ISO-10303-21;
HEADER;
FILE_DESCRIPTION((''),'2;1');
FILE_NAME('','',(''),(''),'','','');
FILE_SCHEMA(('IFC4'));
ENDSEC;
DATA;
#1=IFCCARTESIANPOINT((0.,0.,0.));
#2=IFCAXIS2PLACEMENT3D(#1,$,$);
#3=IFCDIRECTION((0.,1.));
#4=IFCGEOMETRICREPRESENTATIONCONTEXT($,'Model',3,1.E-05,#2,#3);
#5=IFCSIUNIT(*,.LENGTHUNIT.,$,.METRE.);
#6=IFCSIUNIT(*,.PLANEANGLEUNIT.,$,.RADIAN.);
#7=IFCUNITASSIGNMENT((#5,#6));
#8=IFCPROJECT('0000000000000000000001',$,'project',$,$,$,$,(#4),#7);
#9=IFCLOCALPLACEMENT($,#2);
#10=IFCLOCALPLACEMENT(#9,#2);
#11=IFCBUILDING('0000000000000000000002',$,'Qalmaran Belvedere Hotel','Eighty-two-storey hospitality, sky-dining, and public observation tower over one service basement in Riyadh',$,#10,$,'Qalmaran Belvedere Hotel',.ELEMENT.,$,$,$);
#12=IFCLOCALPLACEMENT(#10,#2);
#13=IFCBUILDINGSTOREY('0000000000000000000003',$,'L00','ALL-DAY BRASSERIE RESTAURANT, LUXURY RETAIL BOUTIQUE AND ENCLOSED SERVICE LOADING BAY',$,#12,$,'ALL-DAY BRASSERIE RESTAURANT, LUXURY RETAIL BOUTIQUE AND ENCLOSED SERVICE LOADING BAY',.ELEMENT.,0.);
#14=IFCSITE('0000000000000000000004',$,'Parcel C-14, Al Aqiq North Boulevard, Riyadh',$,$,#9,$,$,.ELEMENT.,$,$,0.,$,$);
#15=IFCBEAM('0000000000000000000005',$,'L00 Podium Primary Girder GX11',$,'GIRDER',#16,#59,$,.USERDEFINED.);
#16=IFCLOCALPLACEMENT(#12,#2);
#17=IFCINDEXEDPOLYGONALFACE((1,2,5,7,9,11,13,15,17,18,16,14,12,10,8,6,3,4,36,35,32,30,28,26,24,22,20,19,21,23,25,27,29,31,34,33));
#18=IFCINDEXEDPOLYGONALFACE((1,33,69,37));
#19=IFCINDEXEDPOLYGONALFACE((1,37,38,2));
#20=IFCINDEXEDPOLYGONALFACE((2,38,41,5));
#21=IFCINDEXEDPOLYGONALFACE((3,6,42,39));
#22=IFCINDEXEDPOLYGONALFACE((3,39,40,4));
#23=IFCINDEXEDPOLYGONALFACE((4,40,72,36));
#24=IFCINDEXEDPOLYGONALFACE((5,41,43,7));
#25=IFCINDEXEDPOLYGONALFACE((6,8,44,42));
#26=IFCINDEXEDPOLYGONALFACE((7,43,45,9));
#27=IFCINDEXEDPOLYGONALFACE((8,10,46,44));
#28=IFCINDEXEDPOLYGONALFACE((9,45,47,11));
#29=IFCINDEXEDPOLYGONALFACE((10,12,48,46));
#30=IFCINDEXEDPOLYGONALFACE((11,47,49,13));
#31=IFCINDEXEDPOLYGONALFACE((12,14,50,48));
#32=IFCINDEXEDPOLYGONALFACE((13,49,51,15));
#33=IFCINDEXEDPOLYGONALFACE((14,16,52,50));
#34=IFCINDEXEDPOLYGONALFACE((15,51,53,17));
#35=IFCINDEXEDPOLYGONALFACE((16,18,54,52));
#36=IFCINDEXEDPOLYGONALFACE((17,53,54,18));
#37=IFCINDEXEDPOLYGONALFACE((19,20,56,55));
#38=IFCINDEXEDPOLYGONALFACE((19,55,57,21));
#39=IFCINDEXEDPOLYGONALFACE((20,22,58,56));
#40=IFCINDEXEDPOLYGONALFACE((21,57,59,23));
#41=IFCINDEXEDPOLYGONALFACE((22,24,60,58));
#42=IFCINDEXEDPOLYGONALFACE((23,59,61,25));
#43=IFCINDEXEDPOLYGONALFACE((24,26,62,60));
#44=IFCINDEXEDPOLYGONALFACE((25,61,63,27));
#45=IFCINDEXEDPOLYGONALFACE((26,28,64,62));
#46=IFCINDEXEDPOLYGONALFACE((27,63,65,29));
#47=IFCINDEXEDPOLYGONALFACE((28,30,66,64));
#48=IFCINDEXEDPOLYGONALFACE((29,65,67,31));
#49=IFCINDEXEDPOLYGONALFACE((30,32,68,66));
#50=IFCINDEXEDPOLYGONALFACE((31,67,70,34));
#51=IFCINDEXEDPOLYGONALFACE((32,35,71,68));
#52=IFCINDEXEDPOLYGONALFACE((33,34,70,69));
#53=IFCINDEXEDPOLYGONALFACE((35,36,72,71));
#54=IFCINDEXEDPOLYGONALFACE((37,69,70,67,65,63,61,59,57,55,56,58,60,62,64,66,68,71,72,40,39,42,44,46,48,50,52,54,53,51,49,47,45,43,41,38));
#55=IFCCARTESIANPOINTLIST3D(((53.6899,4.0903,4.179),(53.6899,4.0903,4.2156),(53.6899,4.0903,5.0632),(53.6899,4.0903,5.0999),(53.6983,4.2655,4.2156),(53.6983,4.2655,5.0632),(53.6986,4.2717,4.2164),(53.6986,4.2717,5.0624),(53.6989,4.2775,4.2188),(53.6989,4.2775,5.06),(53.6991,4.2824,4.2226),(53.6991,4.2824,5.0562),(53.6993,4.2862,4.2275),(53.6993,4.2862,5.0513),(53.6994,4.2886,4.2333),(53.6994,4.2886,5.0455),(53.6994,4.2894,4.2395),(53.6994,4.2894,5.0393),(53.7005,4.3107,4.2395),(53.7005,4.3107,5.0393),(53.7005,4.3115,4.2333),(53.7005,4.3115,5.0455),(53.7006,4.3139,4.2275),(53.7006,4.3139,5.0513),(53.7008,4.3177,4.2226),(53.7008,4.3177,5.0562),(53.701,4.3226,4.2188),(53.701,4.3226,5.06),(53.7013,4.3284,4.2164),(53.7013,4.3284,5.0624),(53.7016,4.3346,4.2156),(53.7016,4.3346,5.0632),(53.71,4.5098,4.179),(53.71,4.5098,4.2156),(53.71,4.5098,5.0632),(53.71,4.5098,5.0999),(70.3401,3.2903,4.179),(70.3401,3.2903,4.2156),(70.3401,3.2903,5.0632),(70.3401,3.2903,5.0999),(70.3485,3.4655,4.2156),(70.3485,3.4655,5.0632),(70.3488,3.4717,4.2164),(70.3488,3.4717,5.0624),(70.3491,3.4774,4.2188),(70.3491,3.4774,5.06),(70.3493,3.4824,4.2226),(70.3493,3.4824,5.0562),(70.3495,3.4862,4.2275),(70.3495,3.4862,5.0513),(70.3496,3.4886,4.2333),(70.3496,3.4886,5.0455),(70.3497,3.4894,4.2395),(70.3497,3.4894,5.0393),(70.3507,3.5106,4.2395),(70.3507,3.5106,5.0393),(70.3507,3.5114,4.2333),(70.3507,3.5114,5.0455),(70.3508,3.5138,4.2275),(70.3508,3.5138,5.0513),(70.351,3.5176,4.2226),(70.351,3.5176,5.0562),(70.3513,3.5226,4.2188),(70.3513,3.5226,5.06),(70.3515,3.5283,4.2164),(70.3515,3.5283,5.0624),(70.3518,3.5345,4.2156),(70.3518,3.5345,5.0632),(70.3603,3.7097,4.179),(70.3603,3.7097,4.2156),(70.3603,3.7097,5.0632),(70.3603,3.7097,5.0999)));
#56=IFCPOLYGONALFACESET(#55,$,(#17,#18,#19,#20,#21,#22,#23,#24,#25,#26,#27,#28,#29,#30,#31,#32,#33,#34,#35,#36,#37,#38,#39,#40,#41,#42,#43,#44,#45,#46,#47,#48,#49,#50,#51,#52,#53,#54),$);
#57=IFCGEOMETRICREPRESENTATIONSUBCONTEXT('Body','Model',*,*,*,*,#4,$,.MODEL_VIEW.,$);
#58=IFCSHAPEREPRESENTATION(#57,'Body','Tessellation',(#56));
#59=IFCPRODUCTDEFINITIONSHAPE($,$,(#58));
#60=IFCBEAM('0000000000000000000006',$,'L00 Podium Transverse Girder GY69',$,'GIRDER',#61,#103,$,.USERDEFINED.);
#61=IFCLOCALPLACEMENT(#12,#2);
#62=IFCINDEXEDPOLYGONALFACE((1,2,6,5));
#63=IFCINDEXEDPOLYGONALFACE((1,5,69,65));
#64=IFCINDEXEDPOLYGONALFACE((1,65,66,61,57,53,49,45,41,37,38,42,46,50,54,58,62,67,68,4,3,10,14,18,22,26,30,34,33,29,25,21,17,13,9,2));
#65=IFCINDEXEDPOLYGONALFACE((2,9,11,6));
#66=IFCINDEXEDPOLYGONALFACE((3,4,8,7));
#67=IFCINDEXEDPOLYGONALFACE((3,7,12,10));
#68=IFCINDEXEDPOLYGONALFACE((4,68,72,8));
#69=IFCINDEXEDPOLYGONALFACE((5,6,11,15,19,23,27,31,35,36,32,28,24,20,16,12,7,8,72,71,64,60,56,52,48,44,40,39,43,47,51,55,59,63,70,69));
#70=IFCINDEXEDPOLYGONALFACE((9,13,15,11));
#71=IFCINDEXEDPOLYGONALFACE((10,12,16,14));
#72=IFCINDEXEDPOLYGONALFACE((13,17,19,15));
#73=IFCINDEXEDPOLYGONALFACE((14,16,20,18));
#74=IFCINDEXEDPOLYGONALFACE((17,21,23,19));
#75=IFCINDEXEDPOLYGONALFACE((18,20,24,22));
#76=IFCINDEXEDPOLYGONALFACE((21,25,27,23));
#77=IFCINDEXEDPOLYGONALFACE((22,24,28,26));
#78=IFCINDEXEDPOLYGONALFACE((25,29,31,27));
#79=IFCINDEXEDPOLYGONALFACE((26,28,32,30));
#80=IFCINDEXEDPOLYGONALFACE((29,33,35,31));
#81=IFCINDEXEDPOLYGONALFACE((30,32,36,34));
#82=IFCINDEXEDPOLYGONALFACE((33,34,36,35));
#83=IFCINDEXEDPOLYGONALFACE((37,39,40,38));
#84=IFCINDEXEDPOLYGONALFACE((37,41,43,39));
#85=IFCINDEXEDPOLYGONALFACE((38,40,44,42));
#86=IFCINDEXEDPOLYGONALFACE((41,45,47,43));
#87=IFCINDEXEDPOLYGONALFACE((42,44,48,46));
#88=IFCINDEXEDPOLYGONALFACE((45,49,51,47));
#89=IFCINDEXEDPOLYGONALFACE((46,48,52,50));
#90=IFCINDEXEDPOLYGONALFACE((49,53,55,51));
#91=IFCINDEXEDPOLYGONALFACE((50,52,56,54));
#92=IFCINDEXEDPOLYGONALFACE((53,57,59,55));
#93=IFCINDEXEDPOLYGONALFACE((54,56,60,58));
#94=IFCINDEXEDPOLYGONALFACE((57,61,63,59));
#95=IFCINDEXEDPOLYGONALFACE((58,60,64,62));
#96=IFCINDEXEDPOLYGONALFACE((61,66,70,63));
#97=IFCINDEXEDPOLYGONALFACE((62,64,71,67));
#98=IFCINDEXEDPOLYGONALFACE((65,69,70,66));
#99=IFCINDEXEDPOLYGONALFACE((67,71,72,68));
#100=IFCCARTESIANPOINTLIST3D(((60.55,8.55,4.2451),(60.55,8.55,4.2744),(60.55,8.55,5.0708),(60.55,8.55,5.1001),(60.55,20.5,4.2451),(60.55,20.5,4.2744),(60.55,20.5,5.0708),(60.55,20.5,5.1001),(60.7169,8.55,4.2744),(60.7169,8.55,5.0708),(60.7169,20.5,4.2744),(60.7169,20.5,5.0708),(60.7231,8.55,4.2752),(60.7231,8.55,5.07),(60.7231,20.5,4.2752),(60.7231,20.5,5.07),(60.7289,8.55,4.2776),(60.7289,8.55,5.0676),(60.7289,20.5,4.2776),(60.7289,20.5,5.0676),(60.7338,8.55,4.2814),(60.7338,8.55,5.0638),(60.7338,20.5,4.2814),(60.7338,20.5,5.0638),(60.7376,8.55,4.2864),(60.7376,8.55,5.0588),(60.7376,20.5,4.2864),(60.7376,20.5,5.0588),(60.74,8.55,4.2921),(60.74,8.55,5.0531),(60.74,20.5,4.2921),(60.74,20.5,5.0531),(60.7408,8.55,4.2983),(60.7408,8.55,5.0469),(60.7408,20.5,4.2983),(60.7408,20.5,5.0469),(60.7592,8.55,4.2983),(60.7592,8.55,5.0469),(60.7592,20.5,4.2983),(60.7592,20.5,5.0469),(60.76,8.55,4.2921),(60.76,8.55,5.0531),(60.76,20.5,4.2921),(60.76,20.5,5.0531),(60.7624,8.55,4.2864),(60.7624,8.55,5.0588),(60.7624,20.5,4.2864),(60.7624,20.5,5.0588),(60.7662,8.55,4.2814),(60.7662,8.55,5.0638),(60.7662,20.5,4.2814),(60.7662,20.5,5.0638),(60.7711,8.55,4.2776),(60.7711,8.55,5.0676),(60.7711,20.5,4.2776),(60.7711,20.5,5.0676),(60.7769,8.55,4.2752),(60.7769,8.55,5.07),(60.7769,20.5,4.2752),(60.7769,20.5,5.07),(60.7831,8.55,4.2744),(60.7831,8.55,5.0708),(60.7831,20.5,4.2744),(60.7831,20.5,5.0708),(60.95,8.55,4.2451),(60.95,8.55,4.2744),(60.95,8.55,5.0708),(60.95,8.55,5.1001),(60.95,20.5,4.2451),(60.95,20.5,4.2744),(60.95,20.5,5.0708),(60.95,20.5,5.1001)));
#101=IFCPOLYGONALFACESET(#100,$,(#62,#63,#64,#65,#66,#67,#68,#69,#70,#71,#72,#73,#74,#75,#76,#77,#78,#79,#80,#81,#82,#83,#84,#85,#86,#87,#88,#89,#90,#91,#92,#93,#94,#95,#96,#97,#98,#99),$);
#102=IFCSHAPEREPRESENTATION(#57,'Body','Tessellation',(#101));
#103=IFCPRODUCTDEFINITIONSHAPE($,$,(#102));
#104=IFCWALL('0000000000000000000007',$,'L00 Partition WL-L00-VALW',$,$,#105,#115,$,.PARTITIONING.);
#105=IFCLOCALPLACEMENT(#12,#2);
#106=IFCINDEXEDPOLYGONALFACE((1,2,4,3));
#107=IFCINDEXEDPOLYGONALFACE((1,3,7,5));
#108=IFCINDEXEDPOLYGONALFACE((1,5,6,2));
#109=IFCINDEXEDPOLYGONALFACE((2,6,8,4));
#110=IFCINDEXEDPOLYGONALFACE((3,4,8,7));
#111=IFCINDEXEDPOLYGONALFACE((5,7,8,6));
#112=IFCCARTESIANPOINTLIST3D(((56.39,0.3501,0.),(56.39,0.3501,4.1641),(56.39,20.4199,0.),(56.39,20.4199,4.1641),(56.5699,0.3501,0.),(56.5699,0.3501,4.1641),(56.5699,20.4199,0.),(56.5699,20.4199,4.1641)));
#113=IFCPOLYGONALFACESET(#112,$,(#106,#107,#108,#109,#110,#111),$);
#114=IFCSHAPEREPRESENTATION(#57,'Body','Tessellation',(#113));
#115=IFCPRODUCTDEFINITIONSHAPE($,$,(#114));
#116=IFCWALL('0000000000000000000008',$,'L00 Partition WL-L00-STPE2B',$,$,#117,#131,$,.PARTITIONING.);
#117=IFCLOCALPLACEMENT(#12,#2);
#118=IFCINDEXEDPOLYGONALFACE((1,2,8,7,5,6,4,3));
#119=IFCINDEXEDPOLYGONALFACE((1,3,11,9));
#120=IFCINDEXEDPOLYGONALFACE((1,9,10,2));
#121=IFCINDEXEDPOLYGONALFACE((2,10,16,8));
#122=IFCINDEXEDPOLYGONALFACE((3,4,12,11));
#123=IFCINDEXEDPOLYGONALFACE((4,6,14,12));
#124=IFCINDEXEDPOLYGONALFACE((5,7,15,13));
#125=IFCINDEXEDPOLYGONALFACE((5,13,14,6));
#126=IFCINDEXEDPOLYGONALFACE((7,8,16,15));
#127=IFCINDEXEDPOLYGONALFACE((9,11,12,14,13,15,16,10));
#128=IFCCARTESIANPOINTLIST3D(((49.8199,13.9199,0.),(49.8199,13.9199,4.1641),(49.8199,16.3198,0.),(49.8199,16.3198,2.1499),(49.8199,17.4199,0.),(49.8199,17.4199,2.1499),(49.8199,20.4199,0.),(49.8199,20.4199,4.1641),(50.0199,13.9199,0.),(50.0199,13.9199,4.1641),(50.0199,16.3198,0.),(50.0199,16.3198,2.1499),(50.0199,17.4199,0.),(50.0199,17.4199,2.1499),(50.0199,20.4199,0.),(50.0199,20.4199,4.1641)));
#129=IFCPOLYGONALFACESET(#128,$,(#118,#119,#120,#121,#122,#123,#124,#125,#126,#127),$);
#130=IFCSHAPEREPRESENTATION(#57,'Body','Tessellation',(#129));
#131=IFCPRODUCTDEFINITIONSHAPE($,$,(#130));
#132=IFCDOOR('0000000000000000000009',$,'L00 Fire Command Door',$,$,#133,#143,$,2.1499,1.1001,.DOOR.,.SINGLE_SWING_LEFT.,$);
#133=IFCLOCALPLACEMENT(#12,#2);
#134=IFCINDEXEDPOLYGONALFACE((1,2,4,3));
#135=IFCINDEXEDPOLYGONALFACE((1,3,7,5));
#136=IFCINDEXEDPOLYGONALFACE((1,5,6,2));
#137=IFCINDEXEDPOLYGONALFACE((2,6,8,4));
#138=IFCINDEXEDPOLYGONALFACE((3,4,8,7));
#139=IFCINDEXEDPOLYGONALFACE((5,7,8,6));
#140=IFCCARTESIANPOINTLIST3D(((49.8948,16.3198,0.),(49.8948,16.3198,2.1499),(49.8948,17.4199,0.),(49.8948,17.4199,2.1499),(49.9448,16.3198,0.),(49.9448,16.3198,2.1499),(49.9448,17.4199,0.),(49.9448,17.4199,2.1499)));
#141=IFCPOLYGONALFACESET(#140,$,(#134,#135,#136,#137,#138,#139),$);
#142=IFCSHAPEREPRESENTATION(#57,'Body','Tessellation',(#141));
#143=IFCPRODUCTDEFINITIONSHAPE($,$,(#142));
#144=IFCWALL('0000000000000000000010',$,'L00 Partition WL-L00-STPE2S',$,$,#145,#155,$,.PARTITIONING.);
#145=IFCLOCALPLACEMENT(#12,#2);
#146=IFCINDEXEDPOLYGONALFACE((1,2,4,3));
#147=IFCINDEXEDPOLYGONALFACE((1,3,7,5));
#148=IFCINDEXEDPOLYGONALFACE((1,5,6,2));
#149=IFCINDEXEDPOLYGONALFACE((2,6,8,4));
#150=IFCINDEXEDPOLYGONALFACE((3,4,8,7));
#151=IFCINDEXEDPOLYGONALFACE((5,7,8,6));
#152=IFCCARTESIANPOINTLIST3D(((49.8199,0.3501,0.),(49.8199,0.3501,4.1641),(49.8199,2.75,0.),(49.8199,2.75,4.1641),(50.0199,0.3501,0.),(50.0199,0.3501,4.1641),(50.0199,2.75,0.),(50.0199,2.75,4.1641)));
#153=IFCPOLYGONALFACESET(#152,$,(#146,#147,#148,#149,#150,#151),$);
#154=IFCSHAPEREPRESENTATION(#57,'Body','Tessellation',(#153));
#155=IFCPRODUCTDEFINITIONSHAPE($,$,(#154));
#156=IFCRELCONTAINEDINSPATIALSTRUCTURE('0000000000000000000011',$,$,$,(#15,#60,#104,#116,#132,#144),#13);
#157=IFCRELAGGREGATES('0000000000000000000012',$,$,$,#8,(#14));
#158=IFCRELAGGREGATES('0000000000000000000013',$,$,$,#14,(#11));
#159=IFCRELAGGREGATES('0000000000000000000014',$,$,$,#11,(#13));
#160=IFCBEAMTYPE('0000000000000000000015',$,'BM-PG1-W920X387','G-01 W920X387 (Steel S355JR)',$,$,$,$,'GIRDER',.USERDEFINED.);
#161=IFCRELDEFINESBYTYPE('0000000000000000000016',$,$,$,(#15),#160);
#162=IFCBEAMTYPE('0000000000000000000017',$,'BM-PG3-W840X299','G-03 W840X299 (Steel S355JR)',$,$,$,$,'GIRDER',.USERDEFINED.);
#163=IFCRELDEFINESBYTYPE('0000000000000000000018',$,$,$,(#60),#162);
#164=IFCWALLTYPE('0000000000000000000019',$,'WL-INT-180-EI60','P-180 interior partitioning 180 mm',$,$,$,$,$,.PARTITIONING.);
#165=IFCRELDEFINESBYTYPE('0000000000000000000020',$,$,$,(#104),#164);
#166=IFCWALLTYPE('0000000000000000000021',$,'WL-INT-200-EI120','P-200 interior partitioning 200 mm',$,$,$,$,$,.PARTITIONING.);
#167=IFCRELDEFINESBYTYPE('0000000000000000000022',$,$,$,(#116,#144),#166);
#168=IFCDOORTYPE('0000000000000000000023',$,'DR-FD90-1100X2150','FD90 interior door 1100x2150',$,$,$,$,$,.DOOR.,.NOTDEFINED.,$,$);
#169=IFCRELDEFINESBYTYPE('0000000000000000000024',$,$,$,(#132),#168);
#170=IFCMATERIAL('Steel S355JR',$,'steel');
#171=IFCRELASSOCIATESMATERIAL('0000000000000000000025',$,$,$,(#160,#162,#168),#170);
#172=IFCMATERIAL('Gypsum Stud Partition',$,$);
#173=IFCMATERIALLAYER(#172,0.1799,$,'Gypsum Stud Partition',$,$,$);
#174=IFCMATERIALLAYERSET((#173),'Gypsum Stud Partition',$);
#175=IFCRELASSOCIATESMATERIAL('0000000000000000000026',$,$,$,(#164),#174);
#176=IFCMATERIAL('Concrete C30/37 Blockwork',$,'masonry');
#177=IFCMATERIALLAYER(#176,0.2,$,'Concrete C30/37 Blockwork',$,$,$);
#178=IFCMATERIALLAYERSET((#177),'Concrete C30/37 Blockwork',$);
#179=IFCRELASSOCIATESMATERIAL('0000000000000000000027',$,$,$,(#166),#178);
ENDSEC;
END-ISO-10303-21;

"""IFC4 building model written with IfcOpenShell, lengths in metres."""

from ifc_helpers import new_model, si_unit, direction, frame, frame_2d, origin, origin_2d, place, context, subcontext, project, spatial, rectangle, i_section, extrude, material, layer, layer_set, material_profile, profile_set, type_object, element, fill, save


model = new_model("IFC4")

# Units and contexts
model_context = context("Model", 3, precision=1e-05, world=origin(), true_north=direction((0.0, 1.0)))
body_context = subcontext(model_context, "Body", "Model", "MODEL_VIEW")
ifc_project = project(units=[si_unit("LENGTHUNIT", "METRE"), si_unit("PLANEANGLEUNIT", "RADIAN")], contexts=[model_context])

# Site, building, storey
site_placement = place(None, origin())
site = spatial("IfcSite", under=ifc_project, at=site_placement, Name="Parcel C-14, Al Aqiq North Boulevard, Riyadh", CompositionType="ELEMENT", RefElevation=0.0)
building_placement = place(site_placement, origin())
building = spatial("IfcBuilding", under=site, at=building_placement, Name="Qalmaran Belvedere Hotel", Description="Eighty-two-storey hospitality, sky-dining, and public observation tower over one service basement in Riyadh", LongName="Qalmaran Belvedere Hotel", CompositionType="ELEMENT")
storey_placement = place(building_placement, origin())
storey = spatial("IfcBuildingStorey", under=building, at=storey_placement, Name="L00", Description="ALL-DAY BRASSERIE RESTAURANT, LUXURY RETAIL BOUTIQUE AND ENCLOSED SERVICE LOADING BAY", LongName="ALL-DAY BRASSERIE RESTAURANT, LUXURY RETAIL BOUTIQUE AND ENCLOSED SERVICE LOADING BAY", CompositionType="ELEMENT", Elevation=0.0)

# Beams
ifc_material_1 = material(Name="Steel S355JR", Category="steel")
ifc_material_profile_1 = material_profile(ifc_material_1, i_section(OverallWidth=0.4199, OverallDepth=0.9209, WebThickness=0.0212, FlangeThickness=0.0366, FilletRadius=0.0239, at=origin_2d()), Name="W920X387")
ifc_profile_set_1 = profile_set([ifc_material_profile_1], Name="Steel S355JR")
beam_type_1 = type_object("IfcBeamType", Name="BM-PG1-W920X387", Description="G-01 W920X387 (Steel S355JR)", ElementType="GIRDER", PredefinedType="USERDEFINED", material=ifc_profile_set_1)
beam_1_placement = place(storey_placement, frame((53.7, 4.3, 4.6394), z_axis=(0.998848, -0.047995, 0.0), x_axis=(0.047995, 0.998848, 0.0)))
element("IfcBeam", 1, at=beam_1_placement, inside=storey, type_object=beam_type_1, Name="L00 Podium Primary Girder GX11", ObjectType="GIRDER", PredefinedType="USERDEFINED", context=body_context, shape_type="SweptSolid", body=[
    extrude(i_section(OverallWidth=0.4199, OverallDepth=0.9209, WebThickness=0.0212, FlangeThickness=0.0366, FilletRadius=0.0239, at=origin_2d()), origin(), (0.0, 0.0, 1.0), 16.6694),
])
ifc_material_profile_2 = material_profile(ifc_material_1, i_section(OverallWidth=0.3999, OverallDepth=0.855, WebThickness=0.0183, FlangeThickness=0.0293, FilletRadius=0.0239, at=origin_2d()), Name="W840X299")
ifc_profile_set_2 = profile_set([ifc_material_profile_2], Name="Steel S355JR")
beam_type_2 = type_object("IfcBeamType", Name="BM-PG3-W840X299", Description="G-03 W840X299 (Steel S355JR)", ElementType="GIRDER", PredefinedType="USERDEFINED", material=ifc_profile_set_2)
beam_2_placement = place(storey_placement, frame((60.75, 8.55, 4.6726), z_axis=(0.0, 1.0, 0.0), x_axis=(-1.0, 0.0, 0.0)))
element("IfcBeam", 2, at=beam_2_placement, inside=storey, type_object=beam_type_2, Name="L00 Podium Transverse Girder GY69", ObjectType="GIRDER", PredefinedType="USERDEFINED", context=body_context, shape_type="SweptSolid", body=[
    extrude(i_section(OverallWidth=0.3999, OverallDepth=0.855, WebThickness=0.0183, FlangeThickness=0.0293, FilletRadius=0.0239, at=origin_2d()), origin(), (0.0, 0.0, 1.0), 11.95),
])

# Wall
ifc_material_2 = material(Name="Gypsum Stud Partition")
ifc_layer_1 = layer(ifc_material_2, 0.1799, Name="Gypsum Stud Partition")
ifc_layer_set_1 = layer_set([ifc_layer_1], Name="Gypsum Stud Partition")
wall_type_1 = type_object("IfcWallType", Name="WL-INT-180-EI60", Description="P-180 interior partitioning 180 mm", PredefinedType="PARTITIONING", material=ifc_layer_set_1)
wall_1_placement = place(storey_placement, frame((56.48, 0.3501, 0.0), z_axis=(0.0, 0.0, 1.0), x_axis=(0.0, 1.0, 0.0)))
element("IfcWall", 3, at=wall_1_placement, inside=storey, type_object=wall_type_1, Name="L00 Partition WL-L00-VALW", PredefinedType="PARTITIONING", context=body_context, shape_type="SweptSolid", body=[
    extrude(rectangle(XDim=20.0698, YDim=0.1799, at=frame_2d((10.0349, 0.0))), origin(), (0.0, 0.0, 1.0), 4.1641),
])

# Wall, opening, door
ifc_material_3 = material(Name="Concrete C30/37 Blockwork", Category="masonry")
ifc_layer_2 = layer(ifc_material_3, 0.2, Name="Concrete C30/37 Blockwork")
ifc_layer_set_2 = layer_set([ifc_layer_2], Name="Concrete C30/37 Blockwork")
wall_type_2 = type_object("IfcWallType", Name="WL-INT-200-EI120", Description="P-200 interior partitioning 200 mm", PredefinedType="PARTITIONING", material=ifc_layer_set_2)
door_type_1 = type_object("IfcDoorType", Name="DR-FD90-1100X2150", Description="FD90 interior door 1100x2150", OperationType="NOTDEFINED", PredefinedType="DOOR", material=ifc_material_1)
wall_2_placement = place(storey_placement, frame((49.9199, 13.9199, 0.0), z_axis=(0.0, 0.0, 1.0), x_axis=(0.0, 1.0, 0.0)))
wall_2 = element("IfcWall", 4, at=wall_2_placement, inside=storey, type_object=wall_type_2, Name="L00 Partition WL-L00-STPE2B", PredefinedType="PARTITIONING", context=body_context, shape_type="SweptSolid", body=[
    extrude(rectangle(XDim=6.5, YDim=0.2, at=frame_2d((3.25, 0.0))), origin(), (0.0, 0.0, 1.0), 4.1641),
])
opening_1_placement = place(wall_2_placement, frame((3.5, 0.0, 0.0), z_axis=(0.0, 0.0, 1.0), x_axis=(-1.0, 0.0, 0.0)))
opening_1 = element("IfcOpeningElement", 5, at=opening_1_placement, cuts=wall_2, PredefinedType="OPENING", context=body_context, shape_type="SweptSolid", body=[
    extrude(rectangle(XDim=1.1001, YDim=2.1499, at=frame_2d((0.55, 1.075))), frame((0.0, 0.1099, 0.0), z_axis=(0.0, -1.0, 0.0), x_axis=(1.0, 0.0, 0.0)), (0.0, 0.0, 1.0), 0.22),
])
door_1_placement = place(opening_1_placement, origin())
door_1 = element("IfcDoor", 6, at=door_1_placement, inside=storey, type_object=door_type_1, Name="L00 Fire Command Door", OperationType="SINGLE_SWING_LEFT", OverallHeight=2.1499, OverallWidth=1.1001, PredefinedType="DOOR", context=body_context, shape_type="SweptSolid", body=[
    extrude(rectangle(XDim=1.1001, YDim=2.1499, at=frame_2d((0.55, 1.075))), frame((0.0, 0.0249, 0.0), z_axis=(0.0, -1.0, 0.0), x_axis=(1.0, 0.0, 0.0)), (0.0, 0.0, 1.0), 0.05),
])
fill(opening_1, door_1)

# Wall
wall_3_placement = place(storey_placement, frame((49.9199, 0.3501, 0.0), z_axis=(0.0, 0.0, 1.0), x_axis=(0.0, 1.0, 0.0)))
element("IfcWall", 7, at=wall_3_placement, inside=storey, type_object=wall_type_2, Name="L00 Partition WL-L00-STPE2S", PredefinedType="PARTITIONING", context=body_context, shape_type="SweptSolid", body=[
    extrude(rectangle(XDim=2.3999, YDim=0.2, at=frame_2d((1.2, 0.0))), origin(), (0.0, 0.0, 1.0), 4.1641),
])

save(model, "model.ifc")
